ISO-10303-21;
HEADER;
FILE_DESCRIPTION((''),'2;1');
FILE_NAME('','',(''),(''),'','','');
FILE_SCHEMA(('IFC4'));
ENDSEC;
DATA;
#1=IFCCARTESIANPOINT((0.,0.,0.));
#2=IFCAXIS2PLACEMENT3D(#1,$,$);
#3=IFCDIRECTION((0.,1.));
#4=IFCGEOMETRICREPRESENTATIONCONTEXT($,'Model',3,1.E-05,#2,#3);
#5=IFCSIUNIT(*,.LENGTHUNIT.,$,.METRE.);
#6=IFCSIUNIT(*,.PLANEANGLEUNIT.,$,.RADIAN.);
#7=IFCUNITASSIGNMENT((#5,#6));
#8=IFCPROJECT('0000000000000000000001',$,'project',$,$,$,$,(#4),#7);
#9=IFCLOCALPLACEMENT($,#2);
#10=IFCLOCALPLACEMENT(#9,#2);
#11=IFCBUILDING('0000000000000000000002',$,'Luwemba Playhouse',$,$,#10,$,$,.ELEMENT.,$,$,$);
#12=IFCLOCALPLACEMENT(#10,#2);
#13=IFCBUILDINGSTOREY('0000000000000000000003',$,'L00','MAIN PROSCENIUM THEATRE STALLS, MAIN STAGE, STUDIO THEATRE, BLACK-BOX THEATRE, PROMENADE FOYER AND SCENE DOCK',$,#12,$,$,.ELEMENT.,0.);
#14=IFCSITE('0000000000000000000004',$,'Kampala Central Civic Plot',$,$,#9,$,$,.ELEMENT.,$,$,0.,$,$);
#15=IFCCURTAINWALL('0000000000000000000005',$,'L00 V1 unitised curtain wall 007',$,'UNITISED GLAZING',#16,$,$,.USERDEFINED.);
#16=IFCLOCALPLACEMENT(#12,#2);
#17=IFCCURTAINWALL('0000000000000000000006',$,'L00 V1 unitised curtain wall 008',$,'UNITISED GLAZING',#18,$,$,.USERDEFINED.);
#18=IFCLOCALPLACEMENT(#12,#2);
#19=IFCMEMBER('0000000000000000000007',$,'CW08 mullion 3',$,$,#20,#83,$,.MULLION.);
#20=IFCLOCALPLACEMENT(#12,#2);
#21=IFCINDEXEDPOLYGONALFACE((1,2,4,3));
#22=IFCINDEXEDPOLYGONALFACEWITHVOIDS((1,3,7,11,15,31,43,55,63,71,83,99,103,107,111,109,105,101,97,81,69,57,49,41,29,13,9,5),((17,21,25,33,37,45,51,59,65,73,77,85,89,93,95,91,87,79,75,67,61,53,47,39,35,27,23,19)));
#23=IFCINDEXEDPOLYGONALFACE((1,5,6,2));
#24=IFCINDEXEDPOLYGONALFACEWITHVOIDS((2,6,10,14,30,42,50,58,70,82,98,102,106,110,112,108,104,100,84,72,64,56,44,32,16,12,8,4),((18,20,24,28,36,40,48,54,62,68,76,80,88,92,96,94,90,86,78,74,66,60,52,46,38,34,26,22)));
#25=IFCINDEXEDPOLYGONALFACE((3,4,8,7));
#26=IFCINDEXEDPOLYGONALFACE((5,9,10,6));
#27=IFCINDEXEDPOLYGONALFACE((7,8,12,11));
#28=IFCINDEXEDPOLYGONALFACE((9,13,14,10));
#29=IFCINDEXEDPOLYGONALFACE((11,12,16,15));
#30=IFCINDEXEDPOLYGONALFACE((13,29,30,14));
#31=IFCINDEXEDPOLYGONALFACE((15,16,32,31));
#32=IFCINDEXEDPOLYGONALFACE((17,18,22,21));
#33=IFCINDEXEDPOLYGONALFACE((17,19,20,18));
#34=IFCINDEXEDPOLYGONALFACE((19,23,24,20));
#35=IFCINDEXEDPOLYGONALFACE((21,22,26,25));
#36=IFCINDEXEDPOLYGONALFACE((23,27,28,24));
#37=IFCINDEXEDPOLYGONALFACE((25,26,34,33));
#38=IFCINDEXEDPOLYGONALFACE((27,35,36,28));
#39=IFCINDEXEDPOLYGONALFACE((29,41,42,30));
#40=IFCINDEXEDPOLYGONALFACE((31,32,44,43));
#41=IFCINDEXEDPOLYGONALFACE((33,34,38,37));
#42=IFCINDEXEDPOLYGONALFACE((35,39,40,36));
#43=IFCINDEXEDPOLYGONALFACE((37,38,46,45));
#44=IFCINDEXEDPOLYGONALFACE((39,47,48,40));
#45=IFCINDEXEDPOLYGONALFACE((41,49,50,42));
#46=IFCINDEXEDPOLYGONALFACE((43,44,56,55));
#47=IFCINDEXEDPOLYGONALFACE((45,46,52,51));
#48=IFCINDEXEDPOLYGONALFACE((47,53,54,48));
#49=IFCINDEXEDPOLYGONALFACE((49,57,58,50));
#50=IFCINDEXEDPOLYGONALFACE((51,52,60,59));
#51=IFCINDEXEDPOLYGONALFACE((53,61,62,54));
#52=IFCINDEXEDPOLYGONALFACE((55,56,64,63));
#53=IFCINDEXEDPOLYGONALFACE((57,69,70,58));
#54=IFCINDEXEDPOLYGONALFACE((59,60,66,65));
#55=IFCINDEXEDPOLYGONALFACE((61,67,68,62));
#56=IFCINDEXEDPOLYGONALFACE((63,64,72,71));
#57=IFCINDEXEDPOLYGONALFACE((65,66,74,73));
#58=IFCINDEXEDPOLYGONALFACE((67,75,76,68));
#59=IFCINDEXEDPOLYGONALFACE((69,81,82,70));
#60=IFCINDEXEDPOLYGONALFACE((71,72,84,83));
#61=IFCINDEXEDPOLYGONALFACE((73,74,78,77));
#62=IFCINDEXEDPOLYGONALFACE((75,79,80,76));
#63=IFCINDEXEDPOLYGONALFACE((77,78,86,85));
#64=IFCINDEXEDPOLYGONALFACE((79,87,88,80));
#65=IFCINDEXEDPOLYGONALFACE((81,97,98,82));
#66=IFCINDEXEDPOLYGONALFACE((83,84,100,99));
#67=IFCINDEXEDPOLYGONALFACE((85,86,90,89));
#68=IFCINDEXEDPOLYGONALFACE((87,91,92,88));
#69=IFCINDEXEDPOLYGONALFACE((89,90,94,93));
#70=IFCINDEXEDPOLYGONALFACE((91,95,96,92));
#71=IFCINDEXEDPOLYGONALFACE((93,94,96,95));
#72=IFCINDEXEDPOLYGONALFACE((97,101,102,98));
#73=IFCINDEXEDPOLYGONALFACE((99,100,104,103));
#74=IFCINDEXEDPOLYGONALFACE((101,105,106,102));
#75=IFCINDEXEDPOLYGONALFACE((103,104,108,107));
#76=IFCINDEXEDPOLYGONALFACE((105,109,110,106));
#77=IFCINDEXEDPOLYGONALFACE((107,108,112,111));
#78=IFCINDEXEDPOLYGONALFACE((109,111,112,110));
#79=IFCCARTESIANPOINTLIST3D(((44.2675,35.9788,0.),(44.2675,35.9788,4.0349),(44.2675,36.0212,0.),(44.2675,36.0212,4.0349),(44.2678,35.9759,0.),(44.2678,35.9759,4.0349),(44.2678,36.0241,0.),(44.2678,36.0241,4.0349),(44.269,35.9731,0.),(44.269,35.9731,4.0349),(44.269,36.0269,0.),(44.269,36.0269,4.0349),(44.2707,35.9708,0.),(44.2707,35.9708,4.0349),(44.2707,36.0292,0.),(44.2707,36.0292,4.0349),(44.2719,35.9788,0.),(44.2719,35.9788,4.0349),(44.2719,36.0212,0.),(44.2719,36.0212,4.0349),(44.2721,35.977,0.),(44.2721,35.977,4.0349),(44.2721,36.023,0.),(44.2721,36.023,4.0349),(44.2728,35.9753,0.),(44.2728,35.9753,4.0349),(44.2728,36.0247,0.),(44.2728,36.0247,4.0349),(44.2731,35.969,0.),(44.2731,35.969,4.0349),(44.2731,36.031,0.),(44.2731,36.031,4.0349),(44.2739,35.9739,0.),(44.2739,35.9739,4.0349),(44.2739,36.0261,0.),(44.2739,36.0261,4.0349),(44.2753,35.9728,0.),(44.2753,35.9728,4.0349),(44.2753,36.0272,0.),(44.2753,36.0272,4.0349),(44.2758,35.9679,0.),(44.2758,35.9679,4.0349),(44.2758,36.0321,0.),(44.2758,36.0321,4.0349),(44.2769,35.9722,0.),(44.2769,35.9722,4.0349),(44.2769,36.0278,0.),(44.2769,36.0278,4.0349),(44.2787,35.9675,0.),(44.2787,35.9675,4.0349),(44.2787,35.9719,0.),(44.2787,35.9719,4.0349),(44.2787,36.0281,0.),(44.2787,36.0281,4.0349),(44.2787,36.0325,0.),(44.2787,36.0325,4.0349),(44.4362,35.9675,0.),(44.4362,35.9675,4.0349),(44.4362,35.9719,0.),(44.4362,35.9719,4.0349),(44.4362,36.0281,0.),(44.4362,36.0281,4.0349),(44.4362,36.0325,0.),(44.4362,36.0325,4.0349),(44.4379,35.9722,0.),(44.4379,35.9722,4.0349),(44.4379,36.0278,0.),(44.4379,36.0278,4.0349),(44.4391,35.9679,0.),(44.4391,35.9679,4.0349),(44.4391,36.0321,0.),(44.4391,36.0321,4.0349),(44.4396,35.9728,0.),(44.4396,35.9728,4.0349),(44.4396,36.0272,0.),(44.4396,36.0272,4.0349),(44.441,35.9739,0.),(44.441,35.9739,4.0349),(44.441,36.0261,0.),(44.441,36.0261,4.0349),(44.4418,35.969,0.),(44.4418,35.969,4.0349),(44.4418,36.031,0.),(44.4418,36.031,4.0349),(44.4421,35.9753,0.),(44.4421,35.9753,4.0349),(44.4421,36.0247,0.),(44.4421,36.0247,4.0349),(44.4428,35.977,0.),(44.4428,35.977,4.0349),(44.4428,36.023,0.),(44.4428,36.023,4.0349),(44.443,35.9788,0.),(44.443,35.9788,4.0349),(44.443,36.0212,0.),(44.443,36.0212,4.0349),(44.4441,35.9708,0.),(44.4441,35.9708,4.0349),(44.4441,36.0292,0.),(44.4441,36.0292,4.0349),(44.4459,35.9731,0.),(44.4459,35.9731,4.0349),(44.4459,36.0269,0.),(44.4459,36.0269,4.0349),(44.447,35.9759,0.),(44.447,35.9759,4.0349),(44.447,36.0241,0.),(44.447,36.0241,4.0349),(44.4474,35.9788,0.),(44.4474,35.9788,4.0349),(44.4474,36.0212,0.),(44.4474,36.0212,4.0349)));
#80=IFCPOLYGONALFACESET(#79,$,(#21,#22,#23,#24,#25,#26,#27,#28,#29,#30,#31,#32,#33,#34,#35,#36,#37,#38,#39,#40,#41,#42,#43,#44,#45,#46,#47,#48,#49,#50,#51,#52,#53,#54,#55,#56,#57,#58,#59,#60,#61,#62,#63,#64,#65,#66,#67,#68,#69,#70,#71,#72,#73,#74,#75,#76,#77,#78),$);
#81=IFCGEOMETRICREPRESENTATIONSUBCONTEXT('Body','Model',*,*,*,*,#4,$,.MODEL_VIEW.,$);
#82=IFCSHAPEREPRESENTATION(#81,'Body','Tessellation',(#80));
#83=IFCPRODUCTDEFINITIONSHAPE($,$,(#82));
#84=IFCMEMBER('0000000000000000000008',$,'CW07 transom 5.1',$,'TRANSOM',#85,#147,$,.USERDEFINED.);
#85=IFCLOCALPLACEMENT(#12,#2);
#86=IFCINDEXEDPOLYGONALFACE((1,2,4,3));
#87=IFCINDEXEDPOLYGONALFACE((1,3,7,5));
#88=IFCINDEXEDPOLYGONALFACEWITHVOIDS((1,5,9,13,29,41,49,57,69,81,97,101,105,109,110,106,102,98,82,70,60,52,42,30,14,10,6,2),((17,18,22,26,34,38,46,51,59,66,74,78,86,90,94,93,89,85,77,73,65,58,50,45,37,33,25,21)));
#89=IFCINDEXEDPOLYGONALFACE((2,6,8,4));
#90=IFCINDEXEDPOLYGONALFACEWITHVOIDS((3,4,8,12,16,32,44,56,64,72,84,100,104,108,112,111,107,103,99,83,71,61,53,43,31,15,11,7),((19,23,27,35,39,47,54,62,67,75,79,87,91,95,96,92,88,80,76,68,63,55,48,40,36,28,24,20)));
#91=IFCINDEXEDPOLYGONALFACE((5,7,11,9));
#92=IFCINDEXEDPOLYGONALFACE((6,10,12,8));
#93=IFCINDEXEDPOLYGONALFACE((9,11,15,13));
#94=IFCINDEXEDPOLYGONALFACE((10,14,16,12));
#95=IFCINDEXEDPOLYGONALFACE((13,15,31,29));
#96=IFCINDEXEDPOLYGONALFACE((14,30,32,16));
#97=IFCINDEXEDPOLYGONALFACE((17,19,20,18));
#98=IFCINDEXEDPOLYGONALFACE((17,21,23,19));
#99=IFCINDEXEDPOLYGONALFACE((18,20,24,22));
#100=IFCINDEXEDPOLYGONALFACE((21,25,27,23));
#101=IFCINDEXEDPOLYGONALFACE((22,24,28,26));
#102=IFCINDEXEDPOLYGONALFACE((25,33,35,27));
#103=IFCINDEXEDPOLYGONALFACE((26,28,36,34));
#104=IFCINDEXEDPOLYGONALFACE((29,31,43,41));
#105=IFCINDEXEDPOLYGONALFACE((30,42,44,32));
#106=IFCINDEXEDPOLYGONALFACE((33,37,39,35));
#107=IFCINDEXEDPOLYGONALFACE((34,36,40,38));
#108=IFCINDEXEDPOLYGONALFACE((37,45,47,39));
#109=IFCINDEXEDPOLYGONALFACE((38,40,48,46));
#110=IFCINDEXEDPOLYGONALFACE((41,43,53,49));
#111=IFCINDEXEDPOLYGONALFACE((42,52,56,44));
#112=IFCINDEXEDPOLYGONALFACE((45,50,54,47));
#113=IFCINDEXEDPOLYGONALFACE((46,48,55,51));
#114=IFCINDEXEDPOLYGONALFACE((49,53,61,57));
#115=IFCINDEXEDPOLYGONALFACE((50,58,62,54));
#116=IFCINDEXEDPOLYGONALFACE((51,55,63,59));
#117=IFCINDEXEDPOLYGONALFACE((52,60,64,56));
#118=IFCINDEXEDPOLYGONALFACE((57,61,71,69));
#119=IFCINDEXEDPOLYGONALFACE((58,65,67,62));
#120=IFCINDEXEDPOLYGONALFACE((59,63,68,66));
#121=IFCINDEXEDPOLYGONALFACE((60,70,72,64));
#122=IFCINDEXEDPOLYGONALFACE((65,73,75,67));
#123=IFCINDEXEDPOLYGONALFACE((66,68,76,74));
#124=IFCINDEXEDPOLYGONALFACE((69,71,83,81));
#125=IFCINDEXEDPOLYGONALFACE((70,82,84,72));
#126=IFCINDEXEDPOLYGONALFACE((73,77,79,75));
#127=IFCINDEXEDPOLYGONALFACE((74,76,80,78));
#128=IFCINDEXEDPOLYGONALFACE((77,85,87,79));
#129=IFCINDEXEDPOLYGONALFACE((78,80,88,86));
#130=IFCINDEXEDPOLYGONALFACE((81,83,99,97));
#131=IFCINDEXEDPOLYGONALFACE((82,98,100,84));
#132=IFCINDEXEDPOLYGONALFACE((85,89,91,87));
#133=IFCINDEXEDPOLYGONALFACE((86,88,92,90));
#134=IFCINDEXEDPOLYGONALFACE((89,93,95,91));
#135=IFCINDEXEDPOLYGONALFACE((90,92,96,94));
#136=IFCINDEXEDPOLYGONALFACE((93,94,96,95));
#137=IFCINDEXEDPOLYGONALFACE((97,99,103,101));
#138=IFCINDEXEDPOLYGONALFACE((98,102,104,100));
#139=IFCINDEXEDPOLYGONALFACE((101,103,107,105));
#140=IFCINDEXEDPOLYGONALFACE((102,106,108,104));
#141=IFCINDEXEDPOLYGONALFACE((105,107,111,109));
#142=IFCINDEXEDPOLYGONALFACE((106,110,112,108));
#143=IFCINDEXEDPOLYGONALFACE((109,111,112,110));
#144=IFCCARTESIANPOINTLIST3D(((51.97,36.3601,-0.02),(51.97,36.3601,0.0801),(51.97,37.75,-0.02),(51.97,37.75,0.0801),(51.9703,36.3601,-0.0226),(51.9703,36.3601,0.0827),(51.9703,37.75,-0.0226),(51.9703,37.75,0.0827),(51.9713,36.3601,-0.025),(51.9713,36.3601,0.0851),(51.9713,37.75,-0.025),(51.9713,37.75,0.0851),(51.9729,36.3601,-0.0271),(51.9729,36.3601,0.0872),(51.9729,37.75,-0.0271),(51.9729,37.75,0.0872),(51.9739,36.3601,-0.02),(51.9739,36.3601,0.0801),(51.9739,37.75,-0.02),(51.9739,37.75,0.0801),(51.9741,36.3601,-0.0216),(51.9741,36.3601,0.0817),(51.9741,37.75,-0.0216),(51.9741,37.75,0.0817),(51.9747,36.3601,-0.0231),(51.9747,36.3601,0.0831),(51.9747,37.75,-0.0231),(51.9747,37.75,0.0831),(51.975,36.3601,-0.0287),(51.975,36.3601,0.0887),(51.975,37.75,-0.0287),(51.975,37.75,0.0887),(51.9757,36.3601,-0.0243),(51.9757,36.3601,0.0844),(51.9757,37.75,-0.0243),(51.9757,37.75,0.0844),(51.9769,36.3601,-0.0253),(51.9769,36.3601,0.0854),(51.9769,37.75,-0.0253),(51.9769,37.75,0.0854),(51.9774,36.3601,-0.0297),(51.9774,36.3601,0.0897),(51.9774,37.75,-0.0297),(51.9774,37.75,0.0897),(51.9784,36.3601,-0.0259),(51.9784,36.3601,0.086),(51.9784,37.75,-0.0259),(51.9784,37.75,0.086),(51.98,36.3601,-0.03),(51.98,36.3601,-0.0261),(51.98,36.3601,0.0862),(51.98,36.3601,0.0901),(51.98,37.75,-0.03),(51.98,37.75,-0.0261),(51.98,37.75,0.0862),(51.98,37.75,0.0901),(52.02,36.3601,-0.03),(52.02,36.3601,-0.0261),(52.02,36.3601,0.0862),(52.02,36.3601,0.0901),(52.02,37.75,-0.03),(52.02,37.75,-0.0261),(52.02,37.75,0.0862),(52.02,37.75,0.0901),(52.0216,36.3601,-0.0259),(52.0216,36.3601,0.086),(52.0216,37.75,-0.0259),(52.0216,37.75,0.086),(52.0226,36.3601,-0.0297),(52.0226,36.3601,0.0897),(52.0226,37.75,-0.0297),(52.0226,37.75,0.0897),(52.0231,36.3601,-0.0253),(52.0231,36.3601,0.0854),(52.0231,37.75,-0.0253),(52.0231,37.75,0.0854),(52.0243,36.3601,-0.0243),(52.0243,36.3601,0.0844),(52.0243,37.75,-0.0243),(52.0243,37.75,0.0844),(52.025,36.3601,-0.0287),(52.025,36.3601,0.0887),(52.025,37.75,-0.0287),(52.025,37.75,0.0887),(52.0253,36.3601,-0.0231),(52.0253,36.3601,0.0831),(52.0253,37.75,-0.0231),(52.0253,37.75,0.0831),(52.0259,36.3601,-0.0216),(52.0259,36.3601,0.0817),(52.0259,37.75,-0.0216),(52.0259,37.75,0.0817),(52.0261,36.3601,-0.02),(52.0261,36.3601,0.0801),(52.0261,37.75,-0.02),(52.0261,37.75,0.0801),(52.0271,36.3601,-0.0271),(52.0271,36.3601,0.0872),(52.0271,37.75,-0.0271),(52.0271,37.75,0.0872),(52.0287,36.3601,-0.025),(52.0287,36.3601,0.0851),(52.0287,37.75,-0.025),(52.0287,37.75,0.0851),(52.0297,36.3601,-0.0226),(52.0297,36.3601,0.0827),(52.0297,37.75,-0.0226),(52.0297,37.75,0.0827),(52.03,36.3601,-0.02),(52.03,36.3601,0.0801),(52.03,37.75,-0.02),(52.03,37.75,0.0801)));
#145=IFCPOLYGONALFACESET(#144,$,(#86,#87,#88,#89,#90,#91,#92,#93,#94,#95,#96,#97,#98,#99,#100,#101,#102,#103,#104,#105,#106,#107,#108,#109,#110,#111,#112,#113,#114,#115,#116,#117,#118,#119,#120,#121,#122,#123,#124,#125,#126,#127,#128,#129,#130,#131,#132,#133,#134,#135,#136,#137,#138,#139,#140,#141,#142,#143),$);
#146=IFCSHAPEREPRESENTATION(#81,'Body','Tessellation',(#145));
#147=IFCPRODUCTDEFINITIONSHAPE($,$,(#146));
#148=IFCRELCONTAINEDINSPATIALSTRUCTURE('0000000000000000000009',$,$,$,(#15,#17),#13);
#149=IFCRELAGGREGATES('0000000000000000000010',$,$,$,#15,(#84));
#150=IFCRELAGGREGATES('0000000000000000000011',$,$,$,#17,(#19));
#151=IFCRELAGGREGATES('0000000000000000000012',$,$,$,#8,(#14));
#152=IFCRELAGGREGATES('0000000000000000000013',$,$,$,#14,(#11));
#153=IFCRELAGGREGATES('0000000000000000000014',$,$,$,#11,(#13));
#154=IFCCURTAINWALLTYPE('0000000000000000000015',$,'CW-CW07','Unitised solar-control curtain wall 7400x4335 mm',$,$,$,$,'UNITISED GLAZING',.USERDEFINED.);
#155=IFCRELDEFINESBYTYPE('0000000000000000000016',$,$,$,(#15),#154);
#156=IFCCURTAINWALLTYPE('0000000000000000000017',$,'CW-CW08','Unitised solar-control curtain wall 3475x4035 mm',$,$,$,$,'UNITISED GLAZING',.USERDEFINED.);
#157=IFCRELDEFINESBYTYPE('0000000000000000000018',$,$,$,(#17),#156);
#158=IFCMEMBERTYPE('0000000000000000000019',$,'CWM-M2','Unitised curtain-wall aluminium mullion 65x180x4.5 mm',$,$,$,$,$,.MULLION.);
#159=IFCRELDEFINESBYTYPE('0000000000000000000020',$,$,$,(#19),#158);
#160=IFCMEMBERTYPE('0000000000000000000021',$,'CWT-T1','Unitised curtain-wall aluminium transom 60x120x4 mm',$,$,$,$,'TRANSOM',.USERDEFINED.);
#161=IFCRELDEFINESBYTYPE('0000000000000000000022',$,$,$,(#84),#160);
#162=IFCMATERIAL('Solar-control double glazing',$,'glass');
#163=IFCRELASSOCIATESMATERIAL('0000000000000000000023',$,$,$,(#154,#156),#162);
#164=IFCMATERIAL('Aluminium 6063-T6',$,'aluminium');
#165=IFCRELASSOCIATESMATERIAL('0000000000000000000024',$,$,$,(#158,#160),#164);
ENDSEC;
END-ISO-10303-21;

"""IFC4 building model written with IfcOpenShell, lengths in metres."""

from ifc_helpers import new_model, si_unit, direction, frame, origin, origin_2d, place, context, subcontext, project, spatial, hollow_rectangle, extrude, material, material_profile, profile_set, type_object, element, aggregate, save


model = new_model("IFC4")

# Units and contexts
model_context = context("Model", 3, precision=1e-05, world=origin(), true_north=direction((0.0, 1.0)))
body_context = subcontext(model_context, "Body", "Model", "MODEL_VIEW")
ifc_project = project(units=[si_unit("LENGTHUNIT", "METRE"), si_unit("PLANEANGLEUNIT", "RADIAN")], contexts=[model_context])

# Site, building, storey
site_placement = place(None, origin())
site = spatial("IfcSite", under=ifc_project, at=site_placement, Name="Kampala Central Civic Plot", CompositionType="ELEMENT", RefElevation=0.0)
building_placement = place(site_placement, origin())
building = spatial("IfcBuilding", under=site, at=building_placement, Name="Luwemba Playhouse", CompositionType="ELEMENT")
storey_placement = place(building_placement, origin())
storey = spatial("IfcBuildingStorey", under=building, at=storey_placement, Name="L00", Description="MAIN PROSCENIUM THEATRE STALLS, MAIN STAGE, STUDIO THEATRE, BLACK-BOX THEATRE, PROMENADE FOYER AND SCENE DOCK", CompositionType="ELEMENT", Elevation=0.0)

# Curtain wall
ifc_material_1 = material(Name="Solar-control double glazing", Category="glass")
curtain_wall_type_1 = type_object("IfcCurtainWallType", Name="CW-CW07", Description="Unitised solar-control curtain wall 7400x4335 mm", ElementType="UNITISED GLAZING", PredefinedType="USERDEFINED", material=ifc_material_1)
curtain_wall_1_placement = place(storey_placement, origin())
curtain_wall_1 = element("IfcCurtainWall", 1, at=curtain_wall_1_placement, inside=storey, type_object=curtain_wall_type_1, Name="L00 V1 unitised curtain wall 007", ObjectType="UNITISED GLAZING", PredefinedType="USERDEFINED")
ifc_material_2 = material(Name="Aluminium 6063-T6", Category="aluminium")

# Curtain wall, member
curtain_wall_type_2 = type_object("IfcCurtainWallType", Name="CW-CW08", Description="Unitised solar-control curtain wall 3475x4035 mm", ElementType="UNITISED GLAZING", PredefinedType="USERDEFINED", material=ifc_material_1)
curtain_wall_2_placement = place(storey_placement, origin())
curtain_wall_2 = element("IfcCurtainWall", 2, at=curtain_wall_2_placement, inside=storey, type_object=curtain_wall_type_2, Name="L00 V1 unitised curtain wall 008", ObjectType="UNITISED GLAZING", PredefinedType="USERDEFINED")
ifc_material_profile_1 = material_profile(ifc_material_2, hollow_rectangle(XDim=0.0649, YDim=0.1799, WallThickness=0.0044, InnerFilletRadius=0.0068, OuterFilletRadius=0.0112, at=origin_2d()))
ifc_profile_set_1 = profile_set([ifc_material_profile_1], Name="Aluminium 6063-T6")
member_type_1 = type_object("IfcMemberType", Name="CWM-M2", Description="Unitised curtain-wall aluminium mullion 65x180x4.5 mm", PredefinedType="MULLION", material=ifc_profile_set_1)
member_1_placement = place(storey_placement, frame((44.3574, 36.0, 0.0), z_axis=(0.0, 0.0, 1.0), x_axis=(0.0, -1.0, 0.0)))
member_1 = element("IfcMember", 3, at=member_1_placement, type_object=member_type_1, Name="CW08 mullion 3", PredefinedType="MULLION", context=body_context, shape_type="SweptSolid", body=[
    extrude(hollow_rectangle(XDim=0.0649, YDim=0.1799, WallThickness=0.0044, InnerFilletRadius=0.0068, OuterFilletRadius=0.0112, at=origin_2d()), origin(), (0.0, 0.0, 1.0), 4.0349),
])

# Member
ifc_material_profile_2 = material_profile(ifc_material_2, hollow_rectangle(XDim=0.0601, YDim=0.1201, WallThickness=0.0039, InnerFilletRadius=0.0061, OuterFilletRadius=0.01, at=origin_2d()))
ifc_profile_set_2 = profile_set([ifc_material_profile_2], Name="Aluminium 6063-T6")
member_type_2 = type_object("IfcMemberType", Name="CWT-T1", Description="Unitised curtain-wall aluminium transom 60x120x4 mm", ElementType="TRANSOM", PredefinedType="USERDEFINED", material=ifc_profile_set_2)
member_2_placement = place(storey_placement, frame((52.0, 37.75, 0.03), z_axis=(0.0, -1.0, 0.0), x_axis=(1.0, 0.0, 0.0)))
member_2 = element("IfcMember", 4, at=member_2_placement, type_object=member_type_2, Name="CW07 transom 5.1", ObjectType="TRANSOM", PredefinedType="USERDEFINED", context=body_context, shape_type="SweptSolid", body=[
    extrude(hollow_rectangle(XDim=0.0601, YDim=0.1201, WallThickness=0.0039, InnerFilletRadius=0.0061, OuterFilletRadius=0.01, at=origin_2d()), origin(), (0.0, 0.0, 1.0), 1.3899),
])

aggregate(curtain_wall_1, [member_2])
aggregate(curtain_wall_2, [member_1])

save(model, "model.ifc")
